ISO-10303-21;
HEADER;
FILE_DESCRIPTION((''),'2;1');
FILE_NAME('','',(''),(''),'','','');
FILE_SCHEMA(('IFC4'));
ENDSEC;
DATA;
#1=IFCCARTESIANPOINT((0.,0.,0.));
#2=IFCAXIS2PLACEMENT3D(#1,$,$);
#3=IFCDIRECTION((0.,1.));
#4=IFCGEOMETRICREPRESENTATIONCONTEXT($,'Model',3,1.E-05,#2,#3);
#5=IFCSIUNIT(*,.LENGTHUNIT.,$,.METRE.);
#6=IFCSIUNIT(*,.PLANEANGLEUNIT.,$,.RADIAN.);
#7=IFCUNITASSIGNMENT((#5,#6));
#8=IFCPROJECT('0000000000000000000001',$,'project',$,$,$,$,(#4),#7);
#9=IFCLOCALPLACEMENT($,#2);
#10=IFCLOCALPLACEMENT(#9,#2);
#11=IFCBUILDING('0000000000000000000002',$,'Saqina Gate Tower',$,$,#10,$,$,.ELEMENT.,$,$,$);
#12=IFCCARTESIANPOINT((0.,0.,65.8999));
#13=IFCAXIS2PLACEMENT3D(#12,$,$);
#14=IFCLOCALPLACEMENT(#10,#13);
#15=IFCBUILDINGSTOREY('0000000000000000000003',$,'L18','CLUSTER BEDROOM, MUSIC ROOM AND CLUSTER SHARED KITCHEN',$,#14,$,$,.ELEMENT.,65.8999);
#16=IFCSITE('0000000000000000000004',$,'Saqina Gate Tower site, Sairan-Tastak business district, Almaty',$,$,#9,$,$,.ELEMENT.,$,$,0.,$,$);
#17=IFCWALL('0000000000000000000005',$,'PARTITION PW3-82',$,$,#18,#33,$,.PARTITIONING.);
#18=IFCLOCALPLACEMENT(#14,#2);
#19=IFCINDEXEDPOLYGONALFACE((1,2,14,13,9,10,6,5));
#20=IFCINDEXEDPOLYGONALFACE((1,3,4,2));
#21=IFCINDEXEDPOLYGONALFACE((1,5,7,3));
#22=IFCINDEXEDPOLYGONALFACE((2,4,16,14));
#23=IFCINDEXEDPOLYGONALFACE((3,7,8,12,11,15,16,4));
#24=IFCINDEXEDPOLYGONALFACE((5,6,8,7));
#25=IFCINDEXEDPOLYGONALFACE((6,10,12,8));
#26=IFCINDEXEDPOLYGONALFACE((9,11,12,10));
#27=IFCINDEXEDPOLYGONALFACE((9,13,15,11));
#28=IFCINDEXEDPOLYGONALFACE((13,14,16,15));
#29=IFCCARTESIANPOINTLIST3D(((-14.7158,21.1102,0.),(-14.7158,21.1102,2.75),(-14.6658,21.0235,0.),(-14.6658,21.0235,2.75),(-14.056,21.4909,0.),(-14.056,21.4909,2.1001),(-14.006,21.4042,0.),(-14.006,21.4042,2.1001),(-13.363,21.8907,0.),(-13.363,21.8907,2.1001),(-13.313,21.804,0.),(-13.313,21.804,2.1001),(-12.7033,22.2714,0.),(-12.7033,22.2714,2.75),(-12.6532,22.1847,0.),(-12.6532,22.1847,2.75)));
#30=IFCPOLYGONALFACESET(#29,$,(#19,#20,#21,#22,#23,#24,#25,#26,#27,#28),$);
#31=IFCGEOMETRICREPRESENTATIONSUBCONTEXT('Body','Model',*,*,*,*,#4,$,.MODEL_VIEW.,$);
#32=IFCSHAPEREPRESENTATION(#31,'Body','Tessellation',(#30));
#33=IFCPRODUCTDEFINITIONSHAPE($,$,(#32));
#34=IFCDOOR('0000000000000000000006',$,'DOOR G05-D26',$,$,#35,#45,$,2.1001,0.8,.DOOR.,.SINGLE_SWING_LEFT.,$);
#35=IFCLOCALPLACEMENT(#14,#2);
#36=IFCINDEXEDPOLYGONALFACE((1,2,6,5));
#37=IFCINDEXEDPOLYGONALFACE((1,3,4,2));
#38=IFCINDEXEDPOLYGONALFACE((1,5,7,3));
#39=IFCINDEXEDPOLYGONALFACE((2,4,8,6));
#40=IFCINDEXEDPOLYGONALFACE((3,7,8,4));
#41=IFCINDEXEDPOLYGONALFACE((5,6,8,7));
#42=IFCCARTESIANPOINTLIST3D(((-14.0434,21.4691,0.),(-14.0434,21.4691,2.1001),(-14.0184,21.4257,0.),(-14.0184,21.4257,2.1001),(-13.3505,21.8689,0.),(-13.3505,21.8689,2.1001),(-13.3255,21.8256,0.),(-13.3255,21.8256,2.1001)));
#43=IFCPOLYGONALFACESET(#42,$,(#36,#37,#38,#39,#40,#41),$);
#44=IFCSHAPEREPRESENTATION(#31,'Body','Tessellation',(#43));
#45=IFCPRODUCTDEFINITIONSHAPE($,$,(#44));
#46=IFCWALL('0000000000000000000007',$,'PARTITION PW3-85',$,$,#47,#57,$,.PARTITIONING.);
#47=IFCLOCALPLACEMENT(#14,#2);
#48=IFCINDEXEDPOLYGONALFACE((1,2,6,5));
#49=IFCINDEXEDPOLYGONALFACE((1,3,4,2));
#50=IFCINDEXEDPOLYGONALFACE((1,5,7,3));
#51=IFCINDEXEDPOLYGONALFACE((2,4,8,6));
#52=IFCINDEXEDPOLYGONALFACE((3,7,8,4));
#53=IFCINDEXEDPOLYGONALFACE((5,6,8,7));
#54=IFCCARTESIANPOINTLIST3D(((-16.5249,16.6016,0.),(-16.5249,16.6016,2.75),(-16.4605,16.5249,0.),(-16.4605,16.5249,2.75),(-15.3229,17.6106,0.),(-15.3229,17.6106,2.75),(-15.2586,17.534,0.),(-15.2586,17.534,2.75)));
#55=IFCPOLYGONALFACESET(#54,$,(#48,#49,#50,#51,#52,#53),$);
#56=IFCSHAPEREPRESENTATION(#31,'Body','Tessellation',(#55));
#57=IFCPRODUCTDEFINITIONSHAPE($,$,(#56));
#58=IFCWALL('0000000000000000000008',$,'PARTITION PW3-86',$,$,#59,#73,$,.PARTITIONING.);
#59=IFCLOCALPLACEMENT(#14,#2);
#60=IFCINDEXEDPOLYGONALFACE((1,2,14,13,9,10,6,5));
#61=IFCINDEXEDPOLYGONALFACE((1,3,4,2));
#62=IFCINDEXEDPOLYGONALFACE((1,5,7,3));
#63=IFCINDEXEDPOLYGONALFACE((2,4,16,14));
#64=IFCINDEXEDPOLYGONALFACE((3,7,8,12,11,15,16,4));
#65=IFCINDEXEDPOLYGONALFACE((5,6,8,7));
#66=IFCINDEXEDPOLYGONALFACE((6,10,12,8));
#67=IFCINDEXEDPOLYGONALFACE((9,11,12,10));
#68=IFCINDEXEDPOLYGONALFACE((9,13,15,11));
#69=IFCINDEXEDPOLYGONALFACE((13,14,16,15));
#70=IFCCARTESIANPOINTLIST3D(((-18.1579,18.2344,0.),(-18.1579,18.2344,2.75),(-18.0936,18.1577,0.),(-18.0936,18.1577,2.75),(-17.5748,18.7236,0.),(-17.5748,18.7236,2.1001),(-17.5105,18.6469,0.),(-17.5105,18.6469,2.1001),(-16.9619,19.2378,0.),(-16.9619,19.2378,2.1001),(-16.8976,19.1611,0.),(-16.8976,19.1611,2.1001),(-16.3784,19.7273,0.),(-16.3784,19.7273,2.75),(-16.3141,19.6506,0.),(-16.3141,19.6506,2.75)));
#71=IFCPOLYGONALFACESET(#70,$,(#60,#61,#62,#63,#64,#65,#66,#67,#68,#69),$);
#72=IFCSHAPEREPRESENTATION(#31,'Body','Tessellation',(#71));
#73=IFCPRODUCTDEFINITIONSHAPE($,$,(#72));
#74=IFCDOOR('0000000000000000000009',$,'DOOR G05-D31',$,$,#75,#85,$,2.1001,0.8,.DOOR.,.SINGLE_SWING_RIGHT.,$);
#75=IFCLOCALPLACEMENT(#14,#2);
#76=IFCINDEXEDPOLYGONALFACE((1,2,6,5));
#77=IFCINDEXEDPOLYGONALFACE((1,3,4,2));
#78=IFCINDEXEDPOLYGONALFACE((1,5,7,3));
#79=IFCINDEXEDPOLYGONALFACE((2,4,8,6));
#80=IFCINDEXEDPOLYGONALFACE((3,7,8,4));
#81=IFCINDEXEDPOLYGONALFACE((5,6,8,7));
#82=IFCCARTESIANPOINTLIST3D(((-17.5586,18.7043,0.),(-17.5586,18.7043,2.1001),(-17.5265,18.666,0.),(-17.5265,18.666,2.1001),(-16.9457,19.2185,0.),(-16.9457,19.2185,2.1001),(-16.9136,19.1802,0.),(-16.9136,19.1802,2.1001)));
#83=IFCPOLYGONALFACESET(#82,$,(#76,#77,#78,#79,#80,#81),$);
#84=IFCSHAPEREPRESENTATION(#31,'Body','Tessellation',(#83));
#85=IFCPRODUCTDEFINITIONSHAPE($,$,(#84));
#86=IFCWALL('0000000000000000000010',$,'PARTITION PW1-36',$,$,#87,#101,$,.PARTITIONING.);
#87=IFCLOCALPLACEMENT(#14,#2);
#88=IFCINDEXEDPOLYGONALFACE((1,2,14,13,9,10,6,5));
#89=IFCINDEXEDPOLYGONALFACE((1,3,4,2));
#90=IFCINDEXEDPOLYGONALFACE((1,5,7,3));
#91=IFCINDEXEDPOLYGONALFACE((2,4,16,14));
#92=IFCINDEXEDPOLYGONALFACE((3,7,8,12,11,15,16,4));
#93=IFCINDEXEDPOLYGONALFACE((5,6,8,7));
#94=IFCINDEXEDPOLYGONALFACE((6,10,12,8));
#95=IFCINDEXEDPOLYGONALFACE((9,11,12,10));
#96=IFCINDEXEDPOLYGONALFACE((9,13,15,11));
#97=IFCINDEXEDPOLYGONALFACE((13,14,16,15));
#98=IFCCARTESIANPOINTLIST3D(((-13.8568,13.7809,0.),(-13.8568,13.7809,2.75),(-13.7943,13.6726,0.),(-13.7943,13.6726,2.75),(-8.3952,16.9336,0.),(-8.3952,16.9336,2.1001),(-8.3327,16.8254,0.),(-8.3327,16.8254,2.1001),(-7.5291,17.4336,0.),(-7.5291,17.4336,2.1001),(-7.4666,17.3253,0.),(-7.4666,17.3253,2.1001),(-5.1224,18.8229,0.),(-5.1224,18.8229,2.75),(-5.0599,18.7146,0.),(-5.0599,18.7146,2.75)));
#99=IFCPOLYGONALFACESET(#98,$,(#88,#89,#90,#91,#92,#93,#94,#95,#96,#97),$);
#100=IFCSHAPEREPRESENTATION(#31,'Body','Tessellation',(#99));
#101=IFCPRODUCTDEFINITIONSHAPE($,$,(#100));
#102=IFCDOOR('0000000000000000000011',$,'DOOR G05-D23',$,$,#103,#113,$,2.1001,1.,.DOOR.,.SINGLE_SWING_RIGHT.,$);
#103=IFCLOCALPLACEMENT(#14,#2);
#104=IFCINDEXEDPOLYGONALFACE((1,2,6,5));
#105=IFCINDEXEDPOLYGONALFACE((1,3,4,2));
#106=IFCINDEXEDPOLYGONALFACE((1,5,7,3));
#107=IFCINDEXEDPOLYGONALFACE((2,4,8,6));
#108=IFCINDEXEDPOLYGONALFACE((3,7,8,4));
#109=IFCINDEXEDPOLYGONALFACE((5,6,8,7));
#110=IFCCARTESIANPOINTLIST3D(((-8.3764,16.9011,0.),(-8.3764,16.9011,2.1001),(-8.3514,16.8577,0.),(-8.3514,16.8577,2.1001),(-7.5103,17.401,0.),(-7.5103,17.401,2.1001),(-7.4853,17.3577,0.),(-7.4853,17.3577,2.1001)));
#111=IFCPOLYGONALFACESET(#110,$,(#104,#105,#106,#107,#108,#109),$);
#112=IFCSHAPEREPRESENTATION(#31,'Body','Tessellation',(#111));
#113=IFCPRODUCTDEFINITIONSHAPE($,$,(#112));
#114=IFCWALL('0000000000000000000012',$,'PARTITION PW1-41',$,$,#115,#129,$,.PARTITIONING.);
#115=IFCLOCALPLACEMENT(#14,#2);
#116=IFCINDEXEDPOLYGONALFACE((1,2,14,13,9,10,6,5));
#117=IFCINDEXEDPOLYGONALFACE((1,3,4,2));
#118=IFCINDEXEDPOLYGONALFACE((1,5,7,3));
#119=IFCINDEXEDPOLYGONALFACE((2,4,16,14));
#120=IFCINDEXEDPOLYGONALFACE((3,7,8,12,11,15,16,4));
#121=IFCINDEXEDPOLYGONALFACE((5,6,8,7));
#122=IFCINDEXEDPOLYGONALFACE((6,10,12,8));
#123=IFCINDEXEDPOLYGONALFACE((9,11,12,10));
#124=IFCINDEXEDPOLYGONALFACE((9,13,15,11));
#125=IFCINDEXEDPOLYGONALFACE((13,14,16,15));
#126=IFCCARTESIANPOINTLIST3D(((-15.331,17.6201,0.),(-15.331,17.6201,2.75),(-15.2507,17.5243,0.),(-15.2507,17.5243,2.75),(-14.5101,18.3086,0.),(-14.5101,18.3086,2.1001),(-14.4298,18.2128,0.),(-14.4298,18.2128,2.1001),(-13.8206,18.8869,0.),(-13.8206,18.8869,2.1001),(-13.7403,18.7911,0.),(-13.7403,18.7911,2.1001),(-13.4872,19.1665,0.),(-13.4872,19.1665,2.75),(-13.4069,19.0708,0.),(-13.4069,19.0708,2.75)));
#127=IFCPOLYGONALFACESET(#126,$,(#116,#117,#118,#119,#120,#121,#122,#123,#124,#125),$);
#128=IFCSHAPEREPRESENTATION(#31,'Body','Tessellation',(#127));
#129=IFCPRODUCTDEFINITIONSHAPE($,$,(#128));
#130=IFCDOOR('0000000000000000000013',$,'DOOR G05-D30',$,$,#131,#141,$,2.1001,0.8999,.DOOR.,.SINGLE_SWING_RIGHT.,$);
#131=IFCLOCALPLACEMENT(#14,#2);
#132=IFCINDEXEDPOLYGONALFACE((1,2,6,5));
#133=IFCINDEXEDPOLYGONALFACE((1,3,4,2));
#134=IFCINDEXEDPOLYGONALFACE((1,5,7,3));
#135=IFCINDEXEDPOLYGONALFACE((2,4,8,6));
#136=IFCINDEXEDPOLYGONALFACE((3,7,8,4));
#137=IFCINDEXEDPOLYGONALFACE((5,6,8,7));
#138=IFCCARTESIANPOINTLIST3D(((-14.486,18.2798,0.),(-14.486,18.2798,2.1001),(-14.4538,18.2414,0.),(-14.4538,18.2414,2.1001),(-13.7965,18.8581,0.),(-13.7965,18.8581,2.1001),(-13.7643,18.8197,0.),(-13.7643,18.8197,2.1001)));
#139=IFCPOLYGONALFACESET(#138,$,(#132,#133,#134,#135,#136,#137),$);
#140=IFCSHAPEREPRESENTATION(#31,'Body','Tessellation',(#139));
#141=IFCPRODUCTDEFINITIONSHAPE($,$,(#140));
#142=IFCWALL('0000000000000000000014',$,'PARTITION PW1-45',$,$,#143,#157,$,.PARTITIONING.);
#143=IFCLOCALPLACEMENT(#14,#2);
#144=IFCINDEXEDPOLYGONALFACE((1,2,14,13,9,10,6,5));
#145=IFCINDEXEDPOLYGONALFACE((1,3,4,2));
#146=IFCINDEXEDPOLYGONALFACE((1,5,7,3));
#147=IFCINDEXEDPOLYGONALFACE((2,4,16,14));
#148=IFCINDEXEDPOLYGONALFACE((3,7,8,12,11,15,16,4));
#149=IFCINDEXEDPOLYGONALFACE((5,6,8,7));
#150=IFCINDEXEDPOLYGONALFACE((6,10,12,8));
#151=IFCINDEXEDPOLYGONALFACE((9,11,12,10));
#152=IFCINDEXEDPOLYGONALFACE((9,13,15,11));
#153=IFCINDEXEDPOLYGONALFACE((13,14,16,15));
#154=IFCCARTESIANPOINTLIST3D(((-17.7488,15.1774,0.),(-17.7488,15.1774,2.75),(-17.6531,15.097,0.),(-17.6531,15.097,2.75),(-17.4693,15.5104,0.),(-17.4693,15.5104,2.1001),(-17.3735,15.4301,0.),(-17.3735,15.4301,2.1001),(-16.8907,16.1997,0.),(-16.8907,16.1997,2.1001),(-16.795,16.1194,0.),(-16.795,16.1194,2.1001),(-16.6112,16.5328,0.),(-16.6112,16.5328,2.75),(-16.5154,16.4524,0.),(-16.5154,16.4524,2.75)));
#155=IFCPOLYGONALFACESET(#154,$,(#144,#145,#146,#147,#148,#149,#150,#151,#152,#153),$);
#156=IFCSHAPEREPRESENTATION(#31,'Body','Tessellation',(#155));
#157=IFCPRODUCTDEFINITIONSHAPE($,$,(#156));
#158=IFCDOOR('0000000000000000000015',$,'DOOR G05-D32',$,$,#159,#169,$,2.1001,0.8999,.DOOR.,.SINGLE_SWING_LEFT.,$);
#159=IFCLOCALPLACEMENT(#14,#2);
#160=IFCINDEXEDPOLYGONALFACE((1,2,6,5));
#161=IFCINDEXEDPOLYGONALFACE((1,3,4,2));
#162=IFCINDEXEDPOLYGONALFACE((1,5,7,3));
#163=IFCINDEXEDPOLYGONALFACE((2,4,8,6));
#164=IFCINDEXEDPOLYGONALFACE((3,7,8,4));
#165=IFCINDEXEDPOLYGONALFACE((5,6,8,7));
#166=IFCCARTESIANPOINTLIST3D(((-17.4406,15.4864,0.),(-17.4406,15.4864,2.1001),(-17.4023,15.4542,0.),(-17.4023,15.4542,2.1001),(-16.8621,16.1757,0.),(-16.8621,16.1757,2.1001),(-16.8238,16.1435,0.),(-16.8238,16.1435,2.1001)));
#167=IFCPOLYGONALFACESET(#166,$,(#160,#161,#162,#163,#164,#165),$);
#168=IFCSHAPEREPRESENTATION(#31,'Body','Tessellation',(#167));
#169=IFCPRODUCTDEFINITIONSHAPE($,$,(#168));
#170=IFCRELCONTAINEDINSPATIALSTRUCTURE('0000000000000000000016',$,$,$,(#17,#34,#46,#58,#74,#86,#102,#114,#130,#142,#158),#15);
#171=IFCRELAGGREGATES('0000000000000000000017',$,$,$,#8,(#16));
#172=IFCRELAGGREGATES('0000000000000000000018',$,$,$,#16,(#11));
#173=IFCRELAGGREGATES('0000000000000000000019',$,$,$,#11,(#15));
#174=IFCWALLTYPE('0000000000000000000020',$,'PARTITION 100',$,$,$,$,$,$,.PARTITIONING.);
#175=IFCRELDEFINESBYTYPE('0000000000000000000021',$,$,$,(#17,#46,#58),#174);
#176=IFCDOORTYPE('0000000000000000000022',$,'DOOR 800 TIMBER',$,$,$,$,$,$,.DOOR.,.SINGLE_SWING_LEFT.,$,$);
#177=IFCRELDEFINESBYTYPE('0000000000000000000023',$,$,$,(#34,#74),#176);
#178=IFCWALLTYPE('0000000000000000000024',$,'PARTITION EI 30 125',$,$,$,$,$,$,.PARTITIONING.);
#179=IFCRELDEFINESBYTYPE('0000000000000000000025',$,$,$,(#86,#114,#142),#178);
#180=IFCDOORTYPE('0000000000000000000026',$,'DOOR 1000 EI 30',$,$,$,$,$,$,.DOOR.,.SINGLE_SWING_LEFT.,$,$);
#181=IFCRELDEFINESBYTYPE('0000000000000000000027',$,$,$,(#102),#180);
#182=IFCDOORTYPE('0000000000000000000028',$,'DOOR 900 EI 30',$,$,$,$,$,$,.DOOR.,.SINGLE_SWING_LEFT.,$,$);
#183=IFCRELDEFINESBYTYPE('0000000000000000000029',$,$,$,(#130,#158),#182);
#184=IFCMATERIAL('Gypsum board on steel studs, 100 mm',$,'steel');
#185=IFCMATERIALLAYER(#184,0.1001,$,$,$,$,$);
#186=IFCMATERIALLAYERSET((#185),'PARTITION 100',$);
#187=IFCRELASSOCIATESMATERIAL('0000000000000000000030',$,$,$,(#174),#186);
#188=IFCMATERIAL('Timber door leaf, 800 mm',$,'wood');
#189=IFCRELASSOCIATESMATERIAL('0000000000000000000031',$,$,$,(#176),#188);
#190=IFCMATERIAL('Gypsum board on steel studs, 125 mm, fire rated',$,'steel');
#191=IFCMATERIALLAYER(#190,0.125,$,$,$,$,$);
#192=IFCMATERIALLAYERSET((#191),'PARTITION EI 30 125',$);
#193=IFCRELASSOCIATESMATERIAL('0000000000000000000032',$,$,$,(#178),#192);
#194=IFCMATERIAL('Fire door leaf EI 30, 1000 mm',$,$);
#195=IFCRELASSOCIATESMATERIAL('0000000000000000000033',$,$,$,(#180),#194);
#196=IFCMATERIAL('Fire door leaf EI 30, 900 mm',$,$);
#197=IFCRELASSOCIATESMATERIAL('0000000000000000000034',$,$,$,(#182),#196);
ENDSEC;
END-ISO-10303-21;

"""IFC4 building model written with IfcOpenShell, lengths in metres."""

from ifc_helpers import new_model, si_unit, direction, frame, frame_2d, origin, place, context, subcontext, project, spatial, rectangle, extrude, material, layer, layer_set, type_object, element, fill, save


model = new_model("IFC4")

# Units and contexts
model_context = context("Model", 3, precision=1e-05, world=origin(), true_north=direction((0.0, 1.0)))
body_context = subcontext(model_context, "Body", "Model", "MODEL_VIEW")
ifc_project = project(units=[si_unit("LENGTHUNIT", "METRE"), si_unit("PLANEANGLEUNIT", "RADIAN")], contexts=[model_context])

# Site, building, storey
site_placement = place(None, origin())
site = spatial("IfcSite", under=ifc_project, at=site_placement, Name="Saqina Gate Tower site, Sairan-Tastak business district, Almaty", CompositionType="ELEMENT", RefElevation=0.0)
building_placement = place(site_placement, origin())
building = spatial("IfcBuilding", under=site, at=building_placement, Name="Saqina Gate Tower", CompositionType="ELEMENT")
storey_placement = place(building_placement, frame((0.0, 0.0, 65.8999)))
storey = spatial("IfcBuildingStorey", under=building, at=storey_placement, Name="L18", Description="CLUSTER BEDROOM, MUSIC ROOM AND CLUSTER SHARED KITCHEN", CompositionType="ELEMENT", Elevation=65.8999)

# Shared definitions
ifc_material_1 = material(Name="Gypsum board on steel studs, 100 mm", Category="steel")
ifc_layer_1 = layer(ifc_material_1, 0.1001)
ifc_layer_set_1 = layer_set([ifc_layer_1], Name="PARTITION 100")
wall_type_1 = type_object("IfcWallType", Name="PARTITION 100", PredefinedType="PARTITIONING", material=ifc_layer_set_1)
ifc_material_2 = material(Name="Timber door leaf, 800 mm", Category="wood")
door_type_1 = type_object("IfcDoorType", Name="DOOR 800 TIMBER", OperationType="SINGLE_SWING_LEFT", PredefinedType="DOOR", material=ifc_material_2)

# Wall, opening, door
wall_1_placement = place(storey_placement, frame((-14.6907, 21.0669, 0.0), z_axis=(0.0, 0.0, 1.0), x_axis=(0.866166, 0.499756, 0.0)))
wall_1 = element("IfcWall", 1, at=wall_1_placement, inside=storey, type_object=wall_type_1, Name="PARTITION PW3-82", PredefinedType="PARTITIONING", context=body_context, shape_type="SweptSolid", body=[
    extrude(rectangle(XDim=2.3235, YDim=0.1001, at=frame_2d((1.1616, 0.0))), origin(), (0.0, 0.0, 1.0), 2.75),
])
opening_1_placement = place(wall_1_placement, frame((0.7617, 0.0, 0.0)))
opening_1 = element("IfcOpeningElement", 2, at=opening_1_placement, cuts=wall_1, PredefinedType="OPENING", context=body_context, shape_type="SweptSolid", body=[
    extrude(rectangle(XDim=0.8, YDim=2.1001, at=frame_2d((0.3999, 1.05))), frame((0.0, 0.062, 0.0), z_axis=(0.0, -1.0, 0.0), x_axis=(1.0, 0.0, 0.0)), (0.0, 0.0, 1.0), 0.124),
])
door_1_placement = place(opening_1_placement, origin())
door_1 = element("IfcDoor", 3, at=door_1_placement, inside=storey, type_object=door_type_1, Name="DOOR G05-D26", OperationType="SINGLE_SWING_LEFT", OverallHeight=2.1001, OverallWidth=0.8, PredefinedType="DOOR", context=body_context, shape_type="SweptSolid", body=[
    extrude(rectangle(XDim=0.8, YDim=2.1001, at=frame_2d((0.3999, 1.05))), frame((0.0, 0.0249, 0.0), z_axis=(0.0, -1.0, 0.0), x_axis=(1.0, 0.0, 0.0)), (0.0, 0.0, 1.0), 0.05),
])
fill(opening_1, door_1)

# Wall
wall_2_placement = place(storey_placement, frame((-16.4927, 16.5632, 0.0), z_axis=(0.0, 0.0, 1.0), x_axis=(0.765883, 0.64298, 0.0)))
element("IfcWall", 4, at=wall_2_placement, inside=storey, type_object=wall_type_1, Name="PARTITION PW3-85", PredefinedType="PARTITIONING", context=body_context, shape_type="SweptSolid", body=[
    extrude(rectangle(XDim=1.5693, YDim=0.1001, at=frame_2d((0.7847, 0.0))), origin(), (0.0, 0.0, 1.0), 2.75),
])

# Walls, openings, doors
wall_3_placement = place(storey_placement, frame((-18.1257, 18.196, 0.0), z_axis=(0.0, 0.0, 1.0), x_axis=(0.766106, 0.642714, 0.0)))
wall_3 = element("IfcWall", 5, at=wall_3_placement, inside=storey, type_object=wall_type_1, Name="PARTITION PW3-86", PredefinedType="PARTITIONING", context=body_context, shape_type="SweptSolid", body=[
    extrude(rectangle(XDim=2.3228, YDim=0.1001, at=frame_2d((1.1614, 0.0))), origin(), (0.0, 0.0, 1.0), 2.75),
])
opening_2_placement = place(wall_3_placement, frame((0.7612, 0.0, 0.0)))
opening_2 = element("IfcOpeningElement", 6, at=opening_2_placement, cuts=wall_3, PredefinedType="OPENING", context=body_context, shape_type="SweptSolid", body=[
    extrude(rectangle(XDim=0.8, YDim=2.1001, at=frame_2d((0.3999, 1.05))), frame((0.0, 0.062, 0.0), z_axis=(0.0, -1.0, 0.0), x_axis=(1.0, 0.0, 0.0)), (0.0, 0.0, 1.0), 0.124),
])
door_2_placement = place(opening_2_placement, origin())
door_2 = element("IfcDoor", 7, at=door_2_placement, inside=storey, type_object=door_type_1, Name="DOOR G05-D31", OperationType="SINGLE_SWING_RIGHT", OverallHeight=2.1001, OverallWidth=0.8, PredefinedType="DOOR", context=body_context, shape_type="SweptSolid", body=[
    extrude(rectangle(XDim=0.8, YDim=2.1001, at=frame_2d((0.3999, 1.05))), frame((0.0, 0.0249, 0.0), z_axis=(0.0, -1.0, 0.0), x_axis=(1.0, 0.0, 0.0)), (0.0, 0.0, 1.0), 0.05),
])
fill(opening_2, door_2)
ifc_material_3 = material(Name="Gypsum board on steel studs, 125 mm, fire rated", Category="steel")
ifc_layer_2 = layer(ifc_material_3, 0.125)
ifc_layer_set_2 = layer_set([ifc_layer_2], Name="PARTITION EI 30 125")
wall_type_2 = type_object("IfcWallType", Name="PARTITION EI 30 125", PredefinedType="PARTITIONING", material=ifc_layer_set_2)
wall_4_placement = place(storey_placement, frame((-13.8254, 13.7268, 0.0), z_axis=(0.0, 0.0, 1.0), x_axis=(0.86606, 0.49994, 0.0)))
wall_4 = element("IfcWall", 8, at=wall_4_placement, inside=storey, type_object=wall_type_2, Name="PARTITION PW1-36", PredefinedType="PARTITIONING", context=body_context, shape_type="SweptSolid", body=[
    extrude(rectangle(XDim=10.0852, YDim=0.125, at=frame_2d((5.0425, 0.0))), origin(), (0.0, 0.0, 1.0), 2.75),
])
opening_3_placement = place(wall_4_placement, frame((6.3062, 0.0, 0.0)))
opening_3 = element("IfcOpeningElement", 9, at=opening_3_placement, cuts=wall_4, PredefinedType="OPENING", context=body_context, shape_type="SweptSolid", body=[
    extrude(rectangle(XDim=1.0, YDim=2.1001, at=frame_2d((0.5, 1.05))), frame((0.0, 0.0745, 0.0), z_axis=(0.0, -1.0, 0.0), x_axis=(1.0, 0.0, 0.0)), (0.0, 0.0, 1.0), 0.1489),
])
ifc_material_4 = material(Name="Fire door leaf EI 30, 1000 mm")
door_type_2 = type_object("IfcDoorType", Name="DOOR 1000 EI 30", OperationType="SINGLE_SWING_LEFT", PredefinedType="DOOR", material=ifc_material_4)
door_3_placement = place(opening_3_placement, origin())
door_3 = element("IfcDoor", 10, at=door_3_placement, inside=storey, type_object=door_type_2, Name="DOOR G05-D23", OperationType="SINGLE_SWING_RIGHT", OverallHeight=2.1001, OverallWidth=1.0, PredefinedType="DOOR", context=body_context, shape_type="SweptSolid", body=[
    extrude(rectangle(XDim=1.0, YDim=2.1001, at=frame_2d((0.5, 1.05))), frame((0.0, 0.0249, 0.0), z_axis=(0.0, -1.0, 0.0), x_axis=(1.0, 0.0, 0.0)), (0.0, 0.0, 1.0), 0.05),
])
fill(opening_3, door_3)
wall_5_placement = place(storey_placement, frame((-15.2908, 17.5723, 0.0), z_axis=(0.0, 0.0, 1.0), x_axis=(0.766188, 0.642616, 0.0)))
wall_5 = element("IfcWall", 11, at=wall_5_placement, inside=storey, type_object=wall_type_2, Name="PARTITION PW1-41", PredefinedType="PARTITIONING", context=body_context, shape_type="SweptSolid", body=[
    extrude(rectangle(XDim=2.4065, YDim=0.125, at=frame_2d((1.2031, 0.0))), origin(), (0.0, 0.0, 1.0), 2.75),
])
opening_4_placement = place(wall_5_placement, frame((1.0713, 0.0, 0.0)))
opening_4 = element("IfcOpeningElement", 12, at=opening_4_placement, cuts=wall_5, PredefinedType="OPENING", context=body_context, shape_type="SweptSolid", body=[
    extrude(rectangle(XDim=0.8999, YDim=2.1001, at=frame_2d((0.45, 1.05))), frame((0.0, 0.0745, 0.0), z_axis=(0.0, -1.0, 0.0), x_axis=(1.0, 0.0, 0.0)), (0.0, 0.0, 1.0), 0.1489),
])
ifc_material_5 = material(Name="Fire door leaf EI 30, 900 mm")
door_type_3 = type_object("IfcDoorType", Name="DOOR 900 EI 30", OperationType="SINGLE_SWING_LEFT", PredefinedType="DOOR", material=ifc_material_5)
door_4_placement = place(opening_4_placement, origin())
door_4 = element("IfcDoor", 13, at=door_4_placement, inside=storey, type_object=door_type_3, Name="DOOR G05-D30", OperationType="SINGLE_SWING_RIGHT", OverallHeight=2.1001, OverallWidth=0.8999, PredefinedType="DOOR", context=body_context, shape_type="SweptSolid", body=[
    extrude(rectangle(XDim=0.8999, YDim=2.1001, at=frame_2d((0.45, 1.05))), frame((0.0, 0.0249, 0.0), z_axis=(0.0, -1.0, 0.0), x_axis=(1.0, 0.0, 0.0)), (0.0, 0.0, 1.0), 0.05),
])
fill(opening_4, door_4)
wall_6_placement = place(storey_placement, frame((-17.7009, 15.1372, 0.0), z_axis=(0.0, 0.0, 1.0), x_axis=(0.642894, 0.765955, 0.0)))
wall_6 = element("IfcWall", 14, at=wall_6_placement, inside=storey, type_object=wall_type_2, Name="PARTITION PW1-45", PredefinedType="PARTITIONING", context=body_context, shape_type="SweptSolid", body=[
    extrude(rectangle(XDim=1.7695, YDim=0.125, at=frame_2d((0.8848, 0.0))), origin(), (0.0, 0.0, 1.0), 2.75),
])
opening_5_placement = place(wall_6_placement, frame((0.4348, 0.0, 0.0)))
opening_5 = element("IfcOpeningElement", 15, at=opening_5_placement, cuts=wall_6, PredefinedType="OPENING", context=body_context, shape_type="SweptSolid", body=[
    extrude(rectangle(XDim=0.8999, YDim=2.1001, at=frame_2d((0.45, 1.05))), frame((0.0, 0.0745, 0.0), z_axis=(0.0, -1.0, 0.0), x_axis=(1.0, 0.0, 0.0)), (0.0, 0.0, 1.0), 0.1489),
])
door_5_placement = place(opening_5_placement, frame((0.8999, 0.0, 0.0), z_axis=(0.0, 0.0, 1.0), x_axis=(-1.0, 0.0, 0.0)))
door_5 = element("IfcDoor", 16, at=door_5_placement, inside=storey, type_object=door_type_3, Name="DOOR G05-D32", OperationType="SINGLE_SWING_LEFT", OverallHeight=2.1001, OverallWidth=0.8999, PredefinedType="DOOR", context=body_context, shape_type="SweptSolid", body=[
    extrude(rectangle(XDim=0.8999, YDim=2.1001, at=frame_2d((0.45, 1.05))), frame((0.0, 0.0249, 0.0), z_axis=(0.0, -1.0, 0.0), x_axis=(1.0, 0.0, 0.0)), (0.0, 0.0, 1.0), 0.05),
])
fill(opening_5, door_5)

save(model, "model.ifc")
